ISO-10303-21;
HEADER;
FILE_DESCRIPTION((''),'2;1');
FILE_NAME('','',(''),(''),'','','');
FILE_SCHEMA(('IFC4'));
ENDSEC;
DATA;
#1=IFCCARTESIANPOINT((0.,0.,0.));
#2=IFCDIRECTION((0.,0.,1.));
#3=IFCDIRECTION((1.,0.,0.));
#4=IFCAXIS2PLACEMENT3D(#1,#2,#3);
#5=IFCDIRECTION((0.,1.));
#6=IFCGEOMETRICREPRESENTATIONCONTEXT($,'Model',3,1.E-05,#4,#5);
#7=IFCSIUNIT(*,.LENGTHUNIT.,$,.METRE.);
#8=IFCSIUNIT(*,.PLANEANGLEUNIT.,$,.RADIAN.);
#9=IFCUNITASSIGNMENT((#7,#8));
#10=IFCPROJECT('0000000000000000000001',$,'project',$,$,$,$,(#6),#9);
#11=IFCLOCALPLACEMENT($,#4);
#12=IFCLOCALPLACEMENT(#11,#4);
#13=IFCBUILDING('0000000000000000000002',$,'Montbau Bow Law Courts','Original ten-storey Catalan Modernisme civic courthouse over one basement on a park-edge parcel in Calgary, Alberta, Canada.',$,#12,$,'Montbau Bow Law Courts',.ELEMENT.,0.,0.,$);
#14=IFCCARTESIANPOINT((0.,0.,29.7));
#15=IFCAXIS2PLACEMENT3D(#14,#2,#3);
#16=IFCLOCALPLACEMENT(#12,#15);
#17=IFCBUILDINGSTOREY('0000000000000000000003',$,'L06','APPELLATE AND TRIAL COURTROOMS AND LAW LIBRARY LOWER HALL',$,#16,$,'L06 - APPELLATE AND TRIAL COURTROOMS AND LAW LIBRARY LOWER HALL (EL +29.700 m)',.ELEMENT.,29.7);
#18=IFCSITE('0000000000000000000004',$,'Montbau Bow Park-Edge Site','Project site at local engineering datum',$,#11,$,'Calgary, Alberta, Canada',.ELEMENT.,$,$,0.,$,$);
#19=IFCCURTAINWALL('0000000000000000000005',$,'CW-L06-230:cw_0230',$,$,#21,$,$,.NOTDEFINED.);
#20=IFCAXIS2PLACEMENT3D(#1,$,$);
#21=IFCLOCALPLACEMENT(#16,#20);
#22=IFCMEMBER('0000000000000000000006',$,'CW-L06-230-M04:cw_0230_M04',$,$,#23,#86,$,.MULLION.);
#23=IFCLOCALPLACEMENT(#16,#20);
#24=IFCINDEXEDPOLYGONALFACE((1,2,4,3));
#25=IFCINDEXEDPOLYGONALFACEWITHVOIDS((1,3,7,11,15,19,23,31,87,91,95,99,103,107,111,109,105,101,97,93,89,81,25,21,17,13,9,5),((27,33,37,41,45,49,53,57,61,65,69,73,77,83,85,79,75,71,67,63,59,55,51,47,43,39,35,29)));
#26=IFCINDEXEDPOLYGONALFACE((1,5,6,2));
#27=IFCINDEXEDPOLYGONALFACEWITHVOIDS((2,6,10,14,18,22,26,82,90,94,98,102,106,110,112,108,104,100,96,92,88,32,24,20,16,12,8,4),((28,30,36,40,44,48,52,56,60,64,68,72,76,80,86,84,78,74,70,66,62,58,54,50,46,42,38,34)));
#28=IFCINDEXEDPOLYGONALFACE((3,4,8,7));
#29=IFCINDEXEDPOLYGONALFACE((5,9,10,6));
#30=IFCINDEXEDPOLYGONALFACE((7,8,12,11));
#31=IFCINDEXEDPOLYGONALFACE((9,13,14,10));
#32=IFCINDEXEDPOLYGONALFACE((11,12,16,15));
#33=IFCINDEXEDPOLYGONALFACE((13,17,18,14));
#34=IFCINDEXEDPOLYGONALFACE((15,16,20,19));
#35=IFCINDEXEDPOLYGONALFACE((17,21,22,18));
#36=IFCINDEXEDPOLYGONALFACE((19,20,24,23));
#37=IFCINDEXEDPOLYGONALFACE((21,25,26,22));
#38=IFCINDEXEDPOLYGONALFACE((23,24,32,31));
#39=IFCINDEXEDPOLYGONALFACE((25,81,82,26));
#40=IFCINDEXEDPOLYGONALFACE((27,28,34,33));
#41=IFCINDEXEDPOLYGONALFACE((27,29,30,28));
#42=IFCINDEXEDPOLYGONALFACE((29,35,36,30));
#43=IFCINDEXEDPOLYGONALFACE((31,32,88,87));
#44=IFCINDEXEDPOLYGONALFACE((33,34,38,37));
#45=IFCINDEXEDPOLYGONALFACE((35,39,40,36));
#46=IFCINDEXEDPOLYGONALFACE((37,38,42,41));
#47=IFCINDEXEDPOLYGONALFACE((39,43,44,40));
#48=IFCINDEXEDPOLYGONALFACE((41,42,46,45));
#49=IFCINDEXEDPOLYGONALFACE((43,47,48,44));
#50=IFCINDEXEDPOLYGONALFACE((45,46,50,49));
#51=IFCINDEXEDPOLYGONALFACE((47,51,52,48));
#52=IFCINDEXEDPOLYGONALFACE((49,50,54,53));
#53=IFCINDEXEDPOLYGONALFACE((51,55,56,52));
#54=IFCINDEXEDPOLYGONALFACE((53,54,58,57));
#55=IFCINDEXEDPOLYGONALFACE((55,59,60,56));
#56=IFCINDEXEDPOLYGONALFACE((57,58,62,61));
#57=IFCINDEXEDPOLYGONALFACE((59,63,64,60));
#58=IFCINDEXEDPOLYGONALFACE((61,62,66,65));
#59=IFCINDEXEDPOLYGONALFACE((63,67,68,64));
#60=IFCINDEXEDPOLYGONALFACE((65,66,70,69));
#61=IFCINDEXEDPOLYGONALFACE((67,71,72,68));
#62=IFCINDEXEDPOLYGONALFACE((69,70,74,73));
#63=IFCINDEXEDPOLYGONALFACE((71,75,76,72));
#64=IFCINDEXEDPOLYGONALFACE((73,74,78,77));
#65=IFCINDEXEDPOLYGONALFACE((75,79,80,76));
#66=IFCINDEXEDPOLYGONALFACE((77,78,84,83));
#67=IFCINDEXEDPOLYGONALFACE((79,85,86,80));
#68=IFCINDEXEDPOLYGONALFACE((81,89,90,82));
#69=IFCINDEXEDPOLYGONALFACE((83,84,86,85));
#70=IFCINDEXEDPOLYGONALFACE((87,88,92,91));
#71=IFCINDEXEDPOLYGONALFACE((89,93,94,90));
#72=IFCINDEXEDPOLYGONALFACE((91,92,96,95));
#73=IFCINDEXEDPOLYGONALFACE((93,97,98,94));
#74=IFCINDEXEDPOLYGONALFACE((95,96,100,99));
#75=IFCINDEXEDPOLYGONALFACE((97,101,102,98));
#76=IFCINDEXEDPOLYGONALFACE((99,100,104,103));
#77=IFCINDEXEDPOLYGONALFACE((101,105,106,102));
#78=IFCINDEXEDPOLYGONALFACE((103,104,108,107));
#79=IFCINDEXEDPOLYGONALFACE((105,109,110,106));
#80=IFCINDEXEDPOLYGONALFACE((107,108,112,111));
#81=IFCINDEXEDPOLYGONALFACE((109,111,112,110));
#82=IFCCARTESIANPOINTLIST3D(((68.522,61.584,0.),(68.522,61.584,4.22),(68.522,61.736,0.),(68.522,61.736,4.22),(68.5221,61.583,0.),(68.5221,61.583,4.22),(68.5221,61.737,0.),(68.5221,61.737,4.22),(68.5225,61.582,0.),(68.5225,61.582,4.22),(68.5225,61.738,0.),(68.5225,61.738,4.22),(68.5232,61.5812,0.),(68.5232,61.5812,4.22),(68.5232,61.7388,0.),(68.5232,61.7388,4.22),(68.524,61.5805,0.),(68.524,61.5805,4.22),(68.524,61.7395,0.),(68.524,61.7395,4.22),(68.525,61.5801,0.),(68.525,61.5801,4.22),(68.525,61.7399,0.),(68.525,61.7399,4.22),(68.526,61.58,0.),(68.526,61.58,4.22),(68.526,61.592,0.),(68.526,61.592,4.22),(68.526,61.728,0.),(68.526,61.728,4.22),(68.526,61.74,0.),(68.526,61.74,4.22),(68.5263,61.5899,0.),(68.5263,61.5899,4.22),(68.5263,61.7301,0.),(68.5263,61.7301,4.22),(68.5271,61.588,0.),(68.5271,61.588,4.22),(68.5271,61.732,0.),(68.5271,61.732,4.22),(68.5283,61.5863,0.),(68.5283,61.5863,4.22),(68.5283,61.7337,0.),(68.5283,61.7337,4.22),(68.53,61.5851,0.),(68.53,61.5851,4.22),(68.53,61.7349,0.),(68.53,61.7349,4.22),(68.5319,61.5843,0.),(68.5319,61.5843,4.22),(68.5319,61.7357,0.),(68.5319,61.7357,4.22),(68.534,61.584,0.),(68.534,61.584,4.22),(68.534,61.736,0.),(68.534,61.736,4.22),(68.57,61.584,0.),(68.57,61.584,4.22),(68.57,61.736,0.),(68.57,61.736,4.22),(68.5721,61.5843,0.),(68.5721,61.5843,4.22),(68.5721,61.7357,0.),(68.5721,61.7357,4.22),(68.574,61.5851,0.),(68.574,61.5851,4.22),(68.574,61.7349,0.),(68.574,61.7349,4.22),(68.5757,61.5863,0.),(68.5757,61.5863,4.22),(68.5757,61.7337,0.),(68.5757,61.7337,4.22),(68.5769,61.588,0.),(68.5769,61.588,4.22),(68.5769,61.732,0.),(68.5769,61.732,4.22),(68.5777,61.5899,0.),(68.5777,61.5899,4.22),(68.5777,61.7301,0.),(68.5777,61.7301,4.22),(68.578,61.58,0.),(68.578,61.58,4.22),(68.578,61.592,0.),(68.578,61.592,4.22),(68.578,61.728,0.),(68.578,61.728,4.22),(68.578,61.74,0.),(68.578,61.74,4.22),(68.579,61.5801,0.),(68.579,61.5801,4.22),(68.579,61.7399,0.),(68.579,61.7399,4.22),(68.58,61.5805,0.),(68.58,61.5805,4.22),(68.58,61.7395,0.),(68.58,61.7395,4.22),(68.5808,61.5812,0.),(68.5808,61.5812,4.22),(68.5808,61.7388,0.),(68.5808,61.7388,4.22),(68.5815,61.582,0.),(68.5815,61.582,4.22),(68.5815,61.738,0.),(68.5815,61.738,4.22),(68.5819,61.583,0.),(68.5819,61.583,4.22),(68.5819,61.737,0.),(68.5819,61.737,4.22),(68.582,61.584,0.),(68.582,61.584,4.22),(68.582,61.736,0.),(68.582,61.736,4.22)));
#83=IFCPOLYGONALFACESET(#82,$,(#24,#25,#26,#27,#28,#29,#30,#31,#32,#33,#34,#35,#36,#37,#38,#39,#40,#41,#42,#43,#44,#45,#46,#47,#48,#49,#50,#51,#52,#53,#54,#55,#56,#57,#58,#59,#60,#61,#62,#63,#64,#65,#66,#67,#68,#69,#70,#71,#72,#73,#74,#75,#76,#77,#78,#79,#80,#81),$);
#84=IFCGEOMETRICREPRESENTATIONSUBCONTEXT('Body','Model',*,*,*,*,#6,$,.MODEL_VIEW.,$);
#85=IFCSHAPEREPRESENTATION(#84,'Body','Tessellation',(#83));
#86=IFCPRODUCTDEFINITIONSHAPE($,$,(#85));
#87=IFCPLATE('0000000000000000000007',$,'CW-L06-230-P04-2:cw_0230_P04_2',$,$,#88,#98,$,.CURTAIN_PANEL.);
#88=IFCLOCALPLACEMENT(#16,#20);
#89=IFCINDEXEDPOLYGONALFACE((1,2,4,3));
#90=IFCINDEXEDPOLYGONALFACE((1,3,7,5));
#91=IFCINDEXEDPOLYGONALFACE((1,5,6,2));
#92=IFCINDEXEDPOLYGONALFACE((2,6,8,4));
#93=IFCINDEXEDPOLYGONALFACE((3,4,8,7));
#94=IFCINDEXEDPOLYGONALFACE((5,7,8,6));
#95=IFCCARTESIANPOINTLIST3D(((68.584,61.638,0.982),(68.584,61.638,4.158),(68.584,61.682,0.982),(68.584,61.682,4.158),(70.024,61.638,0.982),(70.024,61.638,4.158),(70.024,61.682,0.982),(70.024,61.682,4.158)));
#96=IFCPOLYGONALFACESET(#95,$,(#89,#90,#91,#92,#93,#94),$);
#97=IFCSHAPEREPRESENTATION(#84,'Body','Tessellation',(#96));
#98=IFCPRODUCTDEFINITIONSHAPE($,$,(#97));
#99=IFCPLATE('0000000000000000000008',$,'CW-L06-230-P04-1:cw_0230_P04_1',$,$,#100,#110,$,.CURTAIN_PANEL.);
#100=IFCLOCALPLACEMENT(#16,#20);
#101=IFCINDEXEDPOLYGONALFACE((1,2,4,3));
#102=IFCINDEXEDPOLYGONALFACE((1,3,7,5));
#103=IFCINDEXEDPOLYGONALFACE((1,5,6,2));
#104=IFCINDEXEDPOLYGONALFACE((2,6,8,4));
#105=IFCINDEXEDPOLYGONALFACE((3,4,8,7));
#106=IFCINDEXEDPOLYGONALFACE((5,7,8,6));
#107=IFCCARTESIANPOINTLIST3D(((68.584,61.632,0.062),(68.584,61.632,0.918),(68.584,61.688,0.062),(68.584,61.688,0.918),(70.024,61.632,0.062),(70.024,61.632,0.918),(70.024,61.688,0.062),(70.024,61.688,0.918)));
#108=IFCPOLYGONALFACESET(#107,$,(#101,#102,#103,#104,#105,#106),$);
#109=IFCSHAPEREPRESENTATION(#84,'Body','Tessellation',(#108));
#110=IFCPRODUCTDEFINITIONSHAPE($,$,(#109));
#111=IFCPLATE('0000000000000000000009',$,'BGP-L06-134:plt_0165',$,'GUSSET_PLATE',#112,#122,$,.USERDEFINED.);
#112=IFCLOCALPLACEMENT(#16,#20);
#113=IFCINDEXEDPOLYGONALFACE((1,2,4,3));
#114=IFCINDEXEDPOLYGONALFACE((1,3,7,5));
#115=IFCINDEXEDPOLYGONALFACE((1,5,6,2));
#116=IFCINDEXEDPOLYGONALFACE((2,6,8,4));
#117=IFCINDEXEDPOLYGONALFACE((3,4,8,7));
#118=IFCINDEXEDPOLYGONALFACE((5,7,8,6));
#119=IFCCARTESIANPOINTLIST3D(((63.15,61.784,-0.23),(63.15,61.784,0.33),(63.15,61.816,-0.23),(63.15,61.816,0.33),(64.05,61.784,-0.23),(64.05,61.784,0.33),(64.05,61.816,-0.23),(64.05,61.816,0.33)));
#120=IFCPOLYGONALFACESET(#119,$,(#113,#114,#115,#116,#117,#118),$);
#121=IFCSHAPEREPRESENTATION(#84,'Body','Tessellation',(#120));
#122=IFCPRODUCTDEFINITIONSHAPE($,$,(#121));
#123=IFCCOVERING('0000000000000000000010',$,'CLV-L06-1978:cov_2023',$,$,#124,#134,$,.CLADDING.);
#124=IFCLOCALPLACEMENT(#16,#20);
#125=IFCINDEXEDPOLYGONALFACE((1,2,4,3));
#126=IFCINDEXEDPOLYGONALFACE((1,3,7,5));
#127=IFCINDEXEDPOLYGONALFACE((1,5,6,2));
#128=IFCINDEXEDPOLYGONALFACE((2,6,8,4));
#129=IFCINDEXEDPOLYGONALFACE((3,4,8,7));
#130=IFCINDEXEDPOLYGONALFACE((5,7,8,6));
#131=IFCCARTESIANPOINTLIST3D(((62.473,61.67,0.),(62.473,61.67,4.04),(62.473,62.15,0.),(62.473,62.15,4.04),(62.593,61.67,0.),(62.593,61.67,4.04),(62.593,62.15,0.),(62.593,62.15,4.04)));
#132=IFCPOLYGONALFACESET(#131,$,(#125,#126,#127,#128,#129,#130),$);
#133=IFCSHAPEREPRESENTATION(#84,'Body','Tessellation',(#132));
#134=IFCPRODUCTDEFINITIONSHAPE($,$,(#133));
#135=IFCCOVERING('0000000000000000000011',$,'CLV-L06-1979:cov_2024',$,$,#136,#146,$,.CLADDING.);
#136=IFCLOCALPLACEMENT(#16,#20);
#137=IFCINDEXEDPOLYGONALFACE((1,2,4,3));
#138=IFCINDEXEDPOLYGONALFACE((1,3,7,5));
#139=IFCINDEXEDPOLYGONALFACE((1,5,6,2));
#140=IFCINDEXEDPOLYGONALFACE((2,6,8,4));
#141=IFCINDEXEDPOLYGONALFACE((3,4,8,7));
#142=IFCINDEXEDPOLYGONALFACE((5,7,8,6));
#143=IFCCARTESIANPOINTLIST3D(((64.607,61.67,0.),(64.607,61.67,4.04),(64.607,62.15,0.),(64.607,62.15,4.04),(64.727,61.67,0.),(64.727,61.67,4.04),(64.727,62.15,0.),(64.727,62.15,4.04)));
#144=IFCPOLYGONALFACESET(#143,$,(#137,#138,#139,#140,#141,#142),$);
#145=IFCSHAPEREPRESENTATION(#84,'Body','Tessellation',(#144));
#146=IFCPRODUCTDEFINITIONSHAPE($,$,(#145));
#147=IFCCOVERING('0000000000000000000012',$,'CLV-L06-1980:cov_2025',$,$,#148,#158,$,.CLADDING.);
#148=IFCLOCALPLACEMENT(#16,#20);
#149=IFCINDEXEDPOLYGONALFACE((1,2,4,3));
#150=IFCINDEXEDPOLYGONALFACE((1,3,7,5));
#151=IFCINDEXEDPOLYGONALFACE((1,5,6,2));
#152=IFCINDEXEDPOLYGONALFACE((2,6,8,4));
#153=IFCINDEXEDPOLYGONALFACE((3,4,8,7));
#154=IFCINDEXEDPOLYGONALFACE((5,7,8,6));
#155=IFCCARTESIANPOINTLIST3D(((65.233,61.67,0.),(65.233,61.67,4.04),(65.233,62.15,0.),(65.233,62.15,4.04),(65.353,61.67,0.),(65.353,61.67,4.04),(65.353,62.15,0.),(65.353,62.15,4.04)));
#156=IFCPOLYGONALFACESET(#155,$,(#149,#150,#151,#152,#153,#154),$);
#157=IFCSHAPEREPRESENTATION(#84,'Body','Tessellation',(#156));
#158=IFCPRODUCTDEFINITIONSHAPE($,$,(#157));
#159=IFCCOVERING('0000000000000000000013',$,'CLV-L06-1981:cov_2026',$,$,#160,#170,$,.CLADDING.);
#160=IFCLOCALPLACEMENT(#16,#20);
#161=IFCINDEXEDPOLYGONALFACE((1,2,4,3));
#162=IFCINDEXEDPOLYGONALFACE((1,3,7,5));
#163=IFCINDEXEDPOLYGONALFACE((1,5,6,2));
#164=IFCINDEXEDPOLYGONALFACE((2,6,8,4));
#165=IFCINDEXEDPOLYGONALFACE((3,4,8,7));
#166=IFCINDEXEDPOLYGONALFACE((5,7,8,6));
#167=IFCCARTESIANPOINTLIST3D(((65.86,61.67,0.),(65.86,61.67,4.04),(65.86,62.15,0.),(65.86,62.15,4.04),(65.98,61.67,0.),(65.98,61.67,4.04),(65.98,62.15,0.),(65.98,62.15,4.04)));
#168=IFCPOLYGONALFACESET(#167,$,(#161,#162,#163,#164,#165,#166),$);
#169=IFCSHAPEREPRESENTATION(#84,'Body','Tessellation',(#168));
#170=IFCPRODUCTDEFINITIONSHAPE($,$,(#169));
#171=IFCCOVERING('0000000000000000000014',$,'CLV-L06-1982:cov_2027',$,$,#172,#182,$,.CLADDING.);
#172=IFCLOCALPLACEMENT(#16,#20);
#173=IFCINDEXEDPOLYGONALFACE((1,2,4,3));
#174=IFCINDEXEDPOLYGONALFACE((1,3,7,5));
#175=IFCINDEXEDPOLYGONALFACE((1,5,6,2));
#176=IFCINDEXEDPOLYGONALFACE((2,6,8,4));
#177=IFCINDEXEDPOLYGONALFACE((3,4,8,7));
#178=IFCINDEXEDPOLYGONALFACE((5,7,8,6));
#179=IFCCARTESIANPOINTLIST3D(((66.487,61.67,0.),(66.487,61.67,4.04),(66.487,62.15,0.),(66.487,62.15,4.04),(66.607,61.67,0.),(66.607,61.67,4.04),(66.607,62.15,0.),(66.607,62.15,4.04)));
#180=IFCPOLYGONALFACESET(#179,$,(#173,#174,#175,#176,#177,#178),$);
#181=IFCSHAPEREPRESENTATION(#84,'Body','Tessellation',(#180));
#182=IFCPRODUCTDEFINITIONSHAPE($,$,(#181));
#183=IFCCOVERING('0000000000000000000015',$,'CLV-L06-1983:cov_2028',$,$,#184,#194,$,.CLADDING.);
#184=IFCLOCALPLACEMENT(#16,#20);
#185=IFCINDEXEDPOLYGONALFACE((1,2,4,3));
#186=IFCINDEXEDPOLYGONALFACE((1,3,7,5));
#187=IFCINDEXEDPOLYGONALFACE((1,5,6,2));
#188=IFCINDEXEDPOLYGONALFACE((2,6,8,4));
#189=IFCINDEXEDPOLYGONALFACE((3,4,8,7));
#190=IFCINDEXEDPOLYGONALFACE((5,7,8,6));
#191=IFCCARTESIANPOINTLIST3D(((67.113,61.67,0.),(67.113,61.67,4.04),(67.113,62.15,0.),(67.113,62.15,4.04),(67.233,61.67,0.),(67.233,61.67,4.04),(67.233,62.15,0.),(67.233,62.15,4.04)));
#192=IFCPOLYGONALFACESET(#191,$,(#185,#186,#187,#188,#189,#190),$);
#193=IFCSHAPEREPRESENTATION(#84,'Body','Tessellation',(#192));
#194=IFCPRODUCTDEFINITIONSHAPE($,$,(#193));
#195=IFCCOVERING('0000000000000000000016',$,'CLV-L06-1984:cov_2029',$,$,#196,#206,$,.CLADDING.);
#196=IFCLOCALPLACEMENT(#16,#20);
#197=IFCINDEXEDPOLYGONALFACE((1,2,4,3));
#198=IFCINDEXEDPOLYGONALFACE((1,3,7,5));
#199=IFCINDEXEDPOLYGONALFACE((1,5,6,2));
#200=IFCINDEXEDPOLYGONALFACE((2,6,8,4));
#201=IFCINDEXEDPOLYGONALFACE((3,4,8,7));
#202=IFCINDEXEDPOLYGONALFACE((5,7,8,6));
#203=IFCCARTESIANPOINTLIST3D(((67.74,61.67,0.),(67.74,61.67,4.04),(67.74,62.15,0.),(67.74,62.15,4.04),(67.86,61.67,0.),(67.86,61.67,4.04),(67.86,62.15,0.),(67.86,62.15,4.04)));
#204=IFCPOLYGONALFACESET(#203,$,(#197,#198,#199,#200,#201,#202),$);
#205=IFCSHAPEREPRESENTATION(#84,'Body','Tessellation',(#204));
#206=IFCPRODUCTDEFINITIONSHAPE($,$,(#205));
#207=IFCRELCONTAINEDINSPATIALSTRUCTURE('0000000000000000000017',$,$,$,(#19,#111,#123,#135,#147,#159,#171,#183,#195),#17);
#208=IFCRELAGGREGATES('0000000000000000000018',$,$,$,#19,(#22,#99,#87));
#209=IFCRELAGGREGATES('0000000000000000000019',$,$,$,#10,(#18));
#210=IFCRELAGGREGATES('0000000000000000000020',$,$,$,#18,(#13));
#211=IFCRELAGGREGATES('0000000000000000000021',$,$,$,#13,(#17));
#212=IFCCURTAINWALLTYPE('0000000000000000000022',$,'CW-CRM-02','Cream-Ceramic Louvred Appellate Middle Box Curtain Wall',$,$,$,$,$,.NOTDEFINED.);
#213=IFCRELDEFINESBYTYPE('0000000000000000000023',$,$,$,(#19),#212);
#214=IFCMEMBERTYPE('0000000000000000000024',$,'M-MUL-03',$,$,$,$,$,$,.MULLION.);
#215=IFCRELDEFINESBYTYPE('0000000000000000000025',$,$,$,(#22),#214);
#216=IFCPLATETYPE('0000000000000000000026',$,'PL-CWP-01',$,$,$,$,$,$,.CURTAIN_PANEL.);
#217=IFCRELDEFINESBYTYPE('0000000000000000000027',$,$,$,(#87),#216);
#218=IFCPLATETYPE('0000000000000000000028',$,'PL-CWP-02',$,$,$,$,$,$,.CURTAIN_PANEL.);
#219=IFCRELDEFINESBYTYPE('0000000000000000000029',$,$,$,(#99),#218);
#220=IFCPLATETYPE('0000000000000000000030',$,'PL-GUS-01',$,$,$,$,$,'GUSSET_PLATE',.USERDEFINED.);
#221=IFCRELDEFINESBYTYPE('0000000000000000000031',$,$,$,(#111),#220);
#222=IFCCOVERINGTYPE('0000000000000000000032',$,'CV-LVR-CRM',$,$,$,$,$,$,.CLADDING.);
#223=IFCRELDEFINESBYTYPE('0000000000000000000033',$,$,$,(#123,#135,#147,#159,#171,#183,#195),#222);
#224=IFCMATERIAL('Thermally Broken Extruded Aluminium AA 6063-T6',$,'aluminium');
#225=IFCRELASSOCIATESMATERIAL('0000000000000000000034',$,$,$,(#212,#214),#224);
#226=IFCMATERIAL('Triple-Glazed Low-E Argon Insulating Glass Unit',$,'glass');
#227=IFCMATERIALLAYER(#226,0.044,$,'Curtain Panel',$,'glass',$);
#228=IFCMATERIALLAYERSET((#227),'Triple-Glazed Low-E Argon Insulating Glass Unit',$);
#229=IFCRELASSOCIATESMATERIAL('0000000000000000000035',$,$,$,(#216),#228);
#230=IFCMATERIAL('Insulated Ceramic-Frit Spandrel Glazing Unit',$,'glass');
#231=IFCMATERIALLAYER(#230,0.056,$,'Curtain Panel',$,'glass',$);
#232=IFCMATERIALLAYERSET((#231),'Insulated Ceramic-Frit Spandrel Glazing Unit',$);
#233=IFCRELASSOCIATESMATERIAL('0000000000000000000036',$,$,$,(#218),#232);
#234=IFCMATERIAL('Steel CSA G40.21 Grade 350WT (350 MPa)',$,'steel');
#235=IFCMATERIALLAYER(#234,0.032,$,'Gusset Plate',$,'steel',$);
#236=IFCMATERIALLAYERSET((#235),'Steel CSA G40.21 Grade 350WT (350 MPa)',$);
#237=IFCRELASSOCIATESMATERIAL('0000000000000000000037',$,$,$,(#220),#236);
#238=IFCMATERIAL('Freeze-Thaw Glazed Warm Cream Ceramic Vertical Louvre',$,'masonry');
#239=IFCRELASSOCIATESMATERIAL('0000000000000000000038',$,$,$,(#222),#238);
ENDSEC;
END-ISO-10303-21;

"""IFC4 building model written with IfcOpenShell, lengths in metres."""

from ifc_helpers import new_model, si_unit, direction, frame, frame_2d, origin_with_axes, origin_2d_with_axis, place, context, subcontext, project, spatial, rectangle, hollow_rectangle, extrude, material, layer, layer_set, material_profile, profile_set, type_object, element, aggregate, save


model = new_model("IFC4")

# Units and contexts
model_context = context("Model", 3, precision=1e-05, world=origin_with_axes(), true_north=direction((0.0, 1.0)))
body_context = subcontext(model_context, "Body", "Model", "MODEL_VIEW")
ifc_project = project(units=[si_unit("LENGTHUNIT", "METRE"), si_unit("PLANEANGLEUNIT", "RADIAN")], contexts=[model_context])

# Site, building, storey
site_placement = place(None, origin_with_axes())
site = spatial("IfcSite", under=ifc_project, at=site_placement, Name="Montbau Bow Park-Edge Site", Description="Project site at local engineering datum", LongName="Calgary, Alberta, Canada", CompositionType="ELEMENT", RefElevation=0.0)
building_placement = place(site_placement, origin_with_axes())
building = spatial("IfcBuilding", under=site, at=building_placement, Name="Montbau Bow Law Courts", Description="Original ten-storey Catalan Modernisme civic courthouse over one basement on a park-edge parcel in Calgary, Alberta, Canada.", LongName="Montbau Bow Law Courts", CompositionType="ELEMENT", ElevationOfRefHeight=0.0, ElevationOfTerrain=0.0)
storey_placement = place(building_placement, frame((0.0, 0.0, 29.7), z_axis=(0.0, 0.0, 1.0), x_axis=(1.0, 0.0, 0.0)))
storey = spatial("IfcBuildingStorey", under=building, at=storey_placement, Name="L06", Description="APPELLATE AND TRIAL COURTROOMS AND LAW LIBRARY LOWER HALL", LongName="L06 - APPELLATE AND TRIAL COURTROOMS AND LAW LIBRARY LOWER HALL (EL +29.700 m)", CompositionType="ELEMENT", Elevation=29.7)

# Shared definitions
ifc_material_1 = material(Name="Steel CSA G40.21 Grade 350WT (350 MPa)", Category="steel")

# Curtain wall, member, plates
ifc_material_2 = material(Name="Thermally Broken Extruded Aluminium AA 6063-T6", Category="aluminium")
curtain_wall_type = type_object("IfcCurtainWallType", Name="CW-CRM-02", Description="Cream-Ceramic Louvred Appellate Middle Box Curtain Wall", PredefinedType="NOTDEFINED", material=ifc_material_2)
curtain_wall_placement = place(None, frame((64.04, 61.66, 29.7), z_axis=(0.0, 0.0, 1.0), x_axis=(1.0, 0.0, 0.0)))
curtain_wall = element("IfcCurtainWall", 1, at=curtain_wall_placement, inside=storey, type_object=curtain_wall_type, Name="CW-L06-230:cw_0230", PredefinedType="NOTDEFINED")
ifc_material_profile_1 = material_profile(ifc_material_2, hollow_rectangle(XDim=0.06, YDim=0.16, WallThickness=0.004, InnerFilletRadius=0.008, OuterFilletRadius=0.004, at=origin_2d_with_axis()), Name="CWM-160X60", Category="Main", Priority=0)
ifc_profile_set_1 = profile_set([ifc_material_profile_1], Name="Thermally Broken Extruded Aluminium AA 6063-T6")
member_type_1 = type_object("IfcMemberType", Name="M-MUL-03", PredefinedType="MULLION", material=ifc_profile_set_1)
member_1_placement = place(None, frame((68.552, 61.66, 29.7), z_axis=(0.0, 0.0, 1.0), x_axis=(1.0, 0.0, 0.0)))
member_1 = element("IfcMember", 2, at=member_1_placement, type_object=member_type_1, Name="CW-L06-230-M04:cw_0230_M04", PredefinedType="MULLION", context=body_context, shape_type="SweptSolid", body=[
    extrude(hollow_rectangle(XDim=0.06, YDim=0.16, WallThickness=0.004, InnerFilletRadius=0.008, OuterFilletRadius=0.004, at=origin_2d_with_axis()), origin_with_axes(), (0.0, 0.0, 1.0), 4.22),
])
ifc_material_3 = material(Name="Triple-Glazed Low-E Argon Insulating Glass Unit", Category="glass")
ifc_layer_1 = layer(ifc_material_3, 0.044, Name="Curtain Panel", Category="glass")
ifc_layer_set_1 = layer_set([ifc_layer_1], Name="Triple-Glazed Low-E Argon Insulating Glass Unit")
plate_type_1 = type_object("IfcPlateType", Name="PL-CWP-01", PredefinedType="CURTAIN_PANEL", material=ifc_layer_set_1)
plate_1_placement = place(None, frame((68.584, 61.66, 30.682), z_axis=(0.0, -1.0, 0.0), x_axis=(1.0, 0.0, 0.0)))
plate_1 = element("IfcPlate", 3, at=plate_1_placement, type_object=plate_type_1, Name="CW-L06-230-P04-2:cw_0230_P04_2", PredefinedType="CURTAIN_PANEL", context=body_context, shape_type="SweptSolid", body=[
    extrude(rectangle(XDim=1.44, YDim=3.176, at=frame_2d((0.72, 1.588), x_axis=(1.0, 0.0))), frame((0.0, 0.0, -0.022), z_axis=(0.0, 0.0, 1.0), x_axis=(1.0, 0.0, 0.0)), (0.0, 0.0, 1.0), 0.044),
])
ifc_material_4 = material(Name="Insulated Ceramic-Frit Spandrel Glazing Unit", Category="glass")
ifc_layer_2 = layer(ifc_material_4, 0.056, Name="Curtain Panel", Category="glass")
ifc_layer_set_2 = layer_set([ifc_layer_2], Name="Insulated Ceramic-Frit Spandrel Glazing Unit")
plate_type_2 = type_object("IfcPlateType", Name="PL-CWP-02", PredefinedType="CURTAIN_PANEL", material=ifc_layer_set_2)
plate_2_placement = place(None, frame((68.584, 61.66, 29.762), z_axis=(0.0, -1.0, 0.0), x_axis=(1.0, 0.0, 0.0)))
plate_2 = element("IfcPlate", 4, at=plate_2_placement, type_object=plate_type_2, Name="CW-L06-230-P04-1:cw_0230_P04_1", PredefinedType="CURTAIN_PANEL", context=body_context, shape_type="SweptSolid", body=[
    extrude(rectangle(XDim=1.44, YDim=0.856, at=frame_2d((0.72, 0.428), x_axis=(1.0, 0.0))), frame((0.0, 0.0, -0.028), z_axis=(0.0, 0.0, 1.0), x_axis=(1.0, 0.0, 0.0)), (0.0, 0.0, 1.0), 0.056),
])
aggregate(curtain_wall, [member_1, plate_2, plate_1])

# Plate
ifc_layer_3 = layer(ifc_material_1, 0.032, Name="Gusset Plate", Category="steel")
ifc_layer_set_3 = layer_set([ifc_layer_3], Name="Steel CSA G40.21 Grade 350WT (350 MPa)")
plate_type_3 = type_object("IfcPlateType", Name="PL-GUS-01", ElementType="GUSSET_PLATE", PredefinedType="USERDEFINED", material=ifc_layer_set_3)
plate_3_placement = place(None, frame((63.6, 61.8, 29.47), z_axis=(0.0, 0.0, 1.0), x_axis=(1.0, 0.0, 0.0)))
element("IfcPlate", 5, at=plate_3_placement, inside=storey, type_object=plate_type_3, Name="BGP-L06-134:plt_0165", ObjectType="GUSSET_PLATE", PredefinedType="USERDEFINED", context=body_context, shape_type="SweptSolid", body=[
    extrude(rectangle(XDim=0.9, YDim=0.032, at=origin_2d_with_axis()), origin_with_axes(), (0.0, 0.0, 1.0), 0.56),
])

# Coverings
ifc_material_5 = material(Name="Freeze-Thaw Glazed Warm Cream Ceramic Vertical Louvre", Category="masonry")
covering_type = type_object("IfcCoveringType", Name="CV-LVR-CRM", PredefinedType="CLADDING", material=ifc_material_5)
for number, where, z_axis, x_axis, name in (
    (6, (62.533, 61.67, 29.7), (1.0, 0.0, 0.0), (0.0, 1.0, 0.0), "CLV-L06-1978:cov_2023"),
    (7, (64.667, 61.67, 29.7), (1.0, 0.0, 0.0), (0.0, 1.0, 0.0), "CLV-L06-1979:cov_2024"),
    (8, (65.293, 61.67, 29.7), (1.0, 0.0, 0.0), (0.0, 1.0, 0.0), "CLV-L06-1980:cov_2025"),
    (9, (65.92, 61.67, 29.7), (1.0, 0.0, 0.0), (0.0, 1.0, 0.0), "CLV-L06-1981:cov_2026"),
    (10, (66.547, 61.67, 29.7), (1.0, 0.0, 0.0), (0.0, 1.0, 0.0), "CLV-L06-1982:cov_2027"),
    (11, (67.173, 61.67, 29.7), (1.0, 0.0, 0.0), (0.0, 1.0, 0.0), "CLV-L06-1983:cov_2028"),
    (12, (67.8, 61.67, 29.7), (1.0, 0.0, 0.0), (0.0, 1.0, 0.0), "CLV-L06-1984:cov_2029"),
):
    element("IfcCovering", number, at=place(None, frame(where, z_axis=z_axis, x_axis=x_axis)), inside=storey, type_object=covering_type, Name=name, PredefinedType="CLADDING", context=body_context, shape_type="SweptSolid", body=[
        extrude(rectangle(XDim=0.48, YDim=4.04, at=frame_2d((0.24, 2.02), x_axis=(1.0, 0.0))), frame((0.0, 0.0, -0.06), z_axis=(0.0, 0.0, 1.0), x_axis=(1.0, 0.0, 0.0)), (0.0, 0.0, 1.0), 0.12),
    ])

save(model, "model.ifc")
